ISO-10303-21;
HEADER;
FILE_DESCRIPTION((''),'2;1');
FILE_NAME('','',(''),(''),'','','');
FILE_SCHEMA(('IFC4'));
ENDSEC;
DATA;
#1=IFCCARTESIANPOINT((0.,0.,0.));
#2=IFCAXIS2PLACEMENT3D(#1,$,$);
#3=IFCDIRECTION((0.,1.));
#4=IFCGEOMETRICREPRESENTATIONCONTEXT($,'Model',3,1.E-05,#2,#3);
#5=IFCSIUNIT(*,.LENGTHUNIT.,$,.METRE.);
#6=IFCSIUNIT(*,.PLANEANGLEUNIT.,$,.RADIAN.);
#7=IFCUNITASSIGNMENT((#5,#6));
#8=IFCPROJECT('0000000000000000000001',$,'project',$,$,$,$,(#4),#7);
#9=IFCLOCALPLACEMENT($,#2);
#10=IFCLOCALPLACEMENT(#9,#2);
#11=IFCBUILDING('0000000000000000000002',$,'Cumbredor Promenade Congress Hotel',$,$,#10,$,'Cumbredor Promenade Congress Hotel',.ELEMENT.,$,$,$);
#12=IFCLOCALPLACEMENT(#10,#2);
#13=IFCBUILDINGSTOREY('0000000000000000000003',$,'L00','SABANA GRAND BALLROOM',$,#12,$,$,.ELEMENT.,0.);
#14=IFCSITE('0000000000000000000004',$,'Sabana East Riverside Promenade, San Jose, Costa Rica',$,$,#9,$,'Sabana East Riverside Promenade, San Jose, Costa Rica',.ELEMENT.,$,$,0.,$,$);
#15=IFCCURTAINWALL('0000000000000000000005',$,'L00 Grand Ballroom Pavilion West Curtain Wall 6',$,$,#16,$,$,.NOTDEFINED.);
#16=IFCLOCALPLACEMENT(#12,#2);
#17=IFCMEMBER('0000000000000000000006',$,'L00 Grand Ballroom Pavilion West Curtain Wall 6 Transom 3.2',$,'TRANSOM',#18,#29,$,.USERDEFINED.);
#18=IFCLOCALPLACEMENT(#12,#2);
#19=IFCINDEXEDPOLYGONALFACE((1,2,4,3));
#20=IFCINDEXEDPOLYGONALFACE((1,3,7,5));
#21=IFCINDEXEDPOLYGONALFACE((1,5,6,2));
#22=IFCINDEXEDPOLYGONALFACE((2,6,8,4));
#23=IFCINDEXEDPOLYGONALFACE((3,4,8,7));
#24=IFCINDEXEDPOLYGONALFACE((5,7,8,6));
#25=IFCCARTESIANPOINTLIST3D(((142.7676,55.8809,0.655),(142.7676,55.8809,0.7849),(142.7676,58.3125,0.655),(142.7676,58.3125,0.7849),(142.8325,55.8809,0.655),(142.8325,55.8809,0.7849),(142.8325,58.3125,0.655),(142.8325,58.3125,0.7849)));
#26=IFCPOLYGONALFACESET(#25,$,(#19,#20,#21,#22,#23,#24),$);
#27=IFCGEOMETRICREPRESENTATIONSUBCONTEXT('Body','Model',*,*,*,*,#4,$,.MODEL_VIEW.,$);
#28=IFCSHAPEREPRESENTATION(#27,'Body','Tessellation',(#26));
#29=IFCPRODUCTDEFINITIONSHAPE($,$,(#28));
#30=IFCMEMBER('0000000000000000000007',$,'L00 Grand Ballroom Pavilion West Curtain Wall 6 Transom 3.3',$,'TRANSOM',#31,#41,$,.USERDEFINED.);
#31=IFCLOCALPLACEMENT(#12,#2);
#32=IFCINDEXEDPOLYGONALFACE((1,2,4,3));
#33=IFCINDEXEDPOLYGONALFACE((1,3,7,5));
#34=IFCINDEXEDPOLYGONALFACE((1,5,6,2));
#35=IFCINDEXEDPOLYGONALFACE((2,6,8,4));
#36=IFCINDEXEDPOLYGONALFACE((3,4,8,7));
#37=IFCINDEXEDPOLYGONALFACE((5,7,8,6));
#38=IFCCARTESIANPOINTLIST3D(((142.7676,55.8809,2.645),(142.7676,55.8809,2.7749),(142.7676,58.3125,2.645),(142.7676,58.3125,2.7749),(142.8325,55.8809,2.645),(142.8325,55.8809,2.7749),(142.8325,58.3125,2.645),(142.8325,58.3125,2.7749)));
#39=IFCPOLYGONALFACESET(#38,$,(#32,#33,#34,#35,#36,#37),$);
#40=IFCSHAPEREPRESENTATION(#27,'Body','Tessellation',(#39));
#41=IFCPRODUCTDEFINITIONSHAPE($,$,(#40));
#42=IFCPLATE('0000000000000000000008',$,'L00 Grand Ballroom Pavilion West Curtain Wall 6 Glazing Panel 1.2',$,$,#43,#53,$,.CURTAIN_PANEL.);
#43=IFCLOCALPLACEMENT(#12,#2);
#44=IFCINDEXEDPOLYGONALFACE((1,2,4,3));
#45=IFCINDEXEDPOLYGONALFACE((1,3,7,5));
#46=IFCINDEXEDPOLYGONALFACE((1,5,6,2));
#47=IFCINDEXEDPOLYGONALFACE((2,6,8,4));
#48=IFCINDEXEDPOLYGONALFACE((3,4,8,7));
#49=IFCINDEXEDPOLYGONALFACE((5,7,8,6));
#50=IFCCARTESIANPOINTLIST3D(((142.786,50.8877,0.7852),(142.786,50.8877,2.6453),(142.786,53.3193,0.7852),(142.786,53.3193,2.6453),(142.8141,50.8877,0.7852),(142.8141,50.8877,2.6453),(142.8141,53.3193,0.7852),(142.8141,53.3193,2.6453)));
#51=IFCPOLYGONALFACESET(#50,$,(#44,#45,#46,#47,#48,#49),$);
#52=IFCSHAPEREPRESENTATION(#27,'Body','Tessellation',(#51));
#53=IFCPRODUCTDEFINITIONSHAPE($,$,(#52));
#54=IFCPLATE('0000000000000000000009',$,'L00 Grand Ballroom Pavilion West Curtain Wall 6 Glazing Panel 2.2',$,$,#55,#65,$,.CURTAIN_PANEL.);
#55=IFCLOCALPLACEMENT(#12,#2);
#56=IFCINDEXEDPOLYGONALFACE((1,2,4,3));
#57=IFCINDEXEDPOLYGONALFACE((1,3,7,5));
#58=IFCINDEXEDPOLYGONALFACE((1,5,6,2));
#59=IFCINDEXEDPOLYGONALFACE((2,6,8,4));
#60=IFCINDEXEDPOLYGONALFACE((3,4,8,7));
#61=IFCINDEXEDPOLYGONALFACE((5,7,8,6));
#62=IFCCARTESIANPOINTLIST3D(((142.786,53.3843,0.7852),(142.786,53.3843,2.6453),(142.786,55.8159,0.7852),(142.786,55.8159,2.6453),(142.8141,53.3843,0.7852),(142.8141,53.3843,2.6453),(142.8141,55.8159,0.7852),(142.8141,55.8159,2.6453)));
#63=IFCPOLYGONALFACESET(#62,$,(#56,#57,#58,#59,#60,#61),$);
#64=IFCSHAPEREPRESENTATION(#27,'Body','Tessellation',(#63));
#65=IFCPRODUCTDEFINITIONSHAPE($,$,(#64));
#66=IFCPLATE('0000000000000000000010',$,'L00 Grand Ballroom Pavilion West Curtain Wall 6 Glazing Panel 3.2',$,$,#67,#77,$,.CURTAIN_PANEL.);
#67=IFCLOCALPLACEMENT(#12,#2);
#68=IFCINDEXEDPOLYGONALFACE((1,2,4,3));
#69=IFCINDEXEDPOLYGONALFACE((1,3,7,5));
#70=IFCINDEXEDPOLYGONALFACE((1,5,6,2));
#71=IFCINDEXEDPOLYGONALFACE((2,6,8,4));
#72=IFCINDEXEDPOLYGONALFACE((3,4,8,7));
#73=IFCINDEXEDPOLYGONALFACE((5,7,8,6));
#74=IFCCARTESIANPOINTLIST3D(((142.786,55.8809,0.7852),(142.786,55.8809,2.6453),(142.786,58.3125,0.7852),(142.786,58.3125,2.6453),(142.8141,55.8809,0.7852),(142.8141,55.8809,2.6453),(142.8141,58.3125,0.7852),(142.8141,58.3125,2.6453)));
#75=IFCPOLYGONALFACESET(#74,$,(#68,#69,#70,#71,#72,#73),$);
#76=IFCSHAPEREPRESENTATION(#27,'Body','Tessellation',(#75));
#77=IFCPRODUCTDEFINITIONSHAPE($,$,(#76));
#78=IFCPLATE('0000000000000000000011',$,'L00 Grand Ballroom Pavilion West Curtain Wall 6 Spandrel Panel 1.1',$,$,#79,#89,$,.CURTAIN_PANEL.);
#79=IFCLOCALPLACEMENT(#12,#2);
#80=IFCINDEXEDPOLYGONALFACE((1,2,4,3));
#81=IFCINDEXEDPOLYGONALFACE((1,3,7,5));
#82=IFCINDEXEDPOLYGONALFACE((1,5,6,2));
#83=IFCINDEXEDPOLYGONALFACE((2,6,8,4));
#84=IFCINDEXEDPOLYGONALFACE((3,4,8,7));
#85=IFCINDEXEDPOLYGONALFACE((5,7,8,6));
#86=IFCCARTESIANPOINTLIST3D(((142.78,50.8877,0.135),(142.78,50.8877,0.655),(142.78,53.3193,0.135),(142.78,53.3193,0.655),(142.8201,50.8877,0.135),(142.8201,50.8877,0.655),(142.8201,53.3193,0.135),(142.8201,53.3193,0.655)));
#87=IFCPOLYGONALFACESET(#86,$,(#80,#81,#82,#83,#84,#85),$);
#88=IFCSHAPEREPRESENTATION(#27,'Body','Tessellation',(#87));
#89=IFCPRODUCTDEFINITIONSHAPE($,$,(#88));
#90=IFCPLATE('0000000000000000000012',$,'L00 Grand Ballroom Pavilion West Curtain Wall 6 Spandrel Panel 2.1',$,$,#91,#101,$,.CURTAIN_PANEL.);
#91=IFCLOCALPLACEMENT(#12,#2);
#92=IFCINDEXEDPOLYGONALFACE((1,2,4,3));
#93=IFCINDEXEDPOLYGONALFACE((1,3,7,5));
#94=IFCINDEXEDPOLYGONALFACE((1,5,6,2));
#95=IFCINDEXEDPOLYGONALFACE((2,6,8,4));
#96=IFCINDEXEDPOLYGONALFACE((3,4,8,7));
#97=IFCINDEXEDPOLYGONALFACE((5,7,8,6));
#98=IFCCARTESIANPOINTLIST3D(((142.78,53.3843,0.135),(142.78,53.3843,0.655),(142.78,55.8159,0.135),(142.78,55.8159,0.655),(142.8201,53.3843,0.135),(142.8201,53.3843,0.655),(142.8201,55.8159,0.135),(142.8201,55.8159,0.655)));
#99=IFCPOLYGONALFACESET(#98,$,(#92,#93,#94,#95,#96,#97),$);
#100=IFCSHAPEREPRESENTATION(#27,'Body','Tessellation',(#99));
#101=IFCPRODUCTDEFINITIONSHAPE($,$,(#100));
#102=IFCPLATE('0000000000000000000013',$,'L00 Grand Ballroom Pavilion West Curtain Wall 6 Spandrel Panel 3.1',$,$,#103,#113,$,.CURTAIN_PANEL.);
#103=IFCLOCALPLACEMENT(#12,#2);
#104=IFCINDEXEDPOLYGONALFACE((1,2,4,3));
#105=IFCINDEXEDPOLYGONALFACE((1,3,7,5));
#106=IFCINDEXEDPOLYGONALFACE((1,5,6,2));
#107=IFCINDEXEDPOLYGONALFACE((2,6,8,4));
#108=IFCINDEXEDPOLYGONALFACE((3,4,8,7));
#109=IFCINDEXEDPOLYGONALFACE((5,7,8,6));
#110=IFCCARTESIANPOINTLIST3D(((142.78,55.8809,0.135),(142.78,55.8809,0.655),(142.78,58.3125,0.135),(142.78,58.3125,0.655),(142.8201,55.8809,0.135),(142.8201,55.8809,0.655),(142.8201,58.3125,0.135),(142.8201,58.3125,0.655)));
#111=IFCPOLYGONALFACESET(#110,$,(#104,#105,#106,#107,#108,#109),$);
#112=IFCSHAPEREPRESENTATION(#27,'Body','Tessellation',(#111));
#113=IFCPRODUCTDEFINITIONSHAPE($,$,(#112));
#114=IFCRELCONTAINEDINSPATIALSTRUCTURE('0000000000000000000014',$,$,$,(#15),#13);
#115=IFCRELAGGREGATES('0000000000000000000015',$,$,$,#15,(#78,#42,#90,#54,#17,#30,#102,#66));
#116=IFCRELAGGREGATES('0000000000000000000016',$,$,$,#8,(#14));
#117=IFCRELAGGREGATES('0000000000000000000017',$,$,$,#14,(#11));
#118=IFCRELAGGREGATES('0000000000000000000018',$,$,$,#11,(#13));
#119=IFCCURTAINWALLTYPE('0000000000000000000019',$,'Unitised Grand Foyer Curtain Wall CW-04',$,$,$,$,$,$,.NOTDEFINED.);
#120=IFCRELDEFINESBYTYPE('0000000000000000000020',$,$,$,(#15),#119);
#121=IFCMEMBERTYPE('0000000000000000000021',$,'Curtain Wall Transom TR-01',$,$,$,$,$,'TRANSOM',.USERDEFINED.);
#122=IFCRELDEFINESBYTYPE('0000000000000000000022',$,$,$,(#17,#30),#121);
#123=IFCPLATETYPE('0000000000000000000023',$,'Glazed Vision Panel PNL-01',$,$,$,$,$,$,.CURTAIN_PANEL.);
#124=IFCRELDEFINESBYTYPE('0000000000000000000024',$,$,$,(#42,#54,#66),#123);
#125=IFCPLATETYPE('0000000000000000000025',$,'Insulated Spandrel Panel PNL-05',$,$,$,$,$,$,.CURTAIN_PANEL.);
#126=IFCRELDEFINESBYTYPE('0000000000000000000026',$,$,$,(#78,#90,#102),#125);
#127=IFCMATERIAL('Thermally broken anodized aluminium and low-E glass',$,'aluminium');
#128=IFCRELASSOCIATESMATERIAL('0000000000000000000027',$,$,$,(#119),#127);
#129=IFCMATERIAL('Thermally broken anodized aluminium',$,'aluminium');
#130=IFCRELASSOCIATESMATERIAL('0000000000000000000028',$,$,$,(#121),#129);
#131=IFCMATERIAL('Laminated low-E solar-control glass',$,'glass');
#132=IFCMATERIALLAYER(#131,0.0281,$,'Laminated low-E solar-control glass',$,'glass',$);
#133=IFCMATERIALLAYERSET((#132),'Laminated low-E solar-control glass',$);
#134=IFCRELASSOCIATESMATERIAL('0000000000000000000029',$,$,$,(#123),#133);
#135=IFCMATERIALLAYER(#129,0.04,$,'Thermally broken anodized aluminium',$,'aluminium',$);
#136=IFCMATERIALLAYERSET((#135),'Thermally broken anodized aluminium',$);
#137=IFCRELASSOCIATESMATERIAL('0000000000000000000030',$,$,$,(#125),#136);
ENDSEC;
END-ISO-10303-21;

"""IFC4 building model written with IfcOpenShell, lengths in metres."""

from ifc_helpers import new_model, si_unit, direction, frame, origin, origin_2d, place, context, subcontext, project, spatial, rectangle, extrude, material, layer, layer_set, material_profile, profile_set, type_object, element, aggregate, save


model = new_model("IFC4")

# Units and contexts
model_context = context("Model", 3, precision=1e-05, world=origin(), true_north=direction((0.0, 1.0)))
body_context = subcontext(model_context, "Body", "Model", "MODEL_VIEW")
ifc_project = project(units=[si_unit("LENGTHUNIT", "METRE"), si_unit("PLANEANGLEUNIT", "RADIAN")], contexts=[model_context])

# Site, building, storey
site_placement = place(None, origin())
site = spatial("IfcSite", under=ifc_project, at=site_placement, Name="Sabana East Riverside Promenade, San Jose, Costa Rica", LongName="Sabana East Riverside Promenade, San Jose, Costa Rica", CompositionType="ELEMENT", RefElevation=0.0)
building_placement = place(site_placement, origin())
building = spatial("IfcBuilding", under=site, at=building_placement, Name="Cumbredor Promenade Congress Hotel", LongName="Cumbredor Promenade Congress Hotel", CompositionType="ELEMENT")
storey_placement = place(building_placement, origin())
storey = spatial("IfcBuildingStorey", under=building, at=storey_placement, Name="L00", Description="SABANA GRAND BALLROOM", CompositionType="ELEMENT", Elevation=0.0)

# Curtain wall
ifc_material_1 = material(Name="Thermally broken anodized aluminium and low-E glass", Category="aluminium")
curtain_wall_type = type_object("IfcCurtainWallType", Name="Unitised Grand Foyer Curtain Wall CW-04", PredefinedType="NOTDEFINED", material=ifc_material_1)
curtain_wall_1_placement = place(storey_placement, origin())
curtain_wall_1 = element("IfcCurtainWall", 1, at=curtain_wall_1_placement, inside=storey, type_object=curtain_wall_type, Name="L00 Grand Ballroom Pavilion West Curtain Wall 6", PredefinedType="NOTDEFINED")
ifc_material_2 = material(Name="Thermally broken anodized aluminium", Category="aluminium")

# Members
ifc_material_profile_1 = material_profile(ifc_material_2, rectangle(XDim=0.0649, YDim=0.1299, at=origin_2d()), Name="ALU TRANSOM 65x130")
ifc_profile_set_1 = profile_set([ifc_material_profile_1], Name="Thermally broken anodized aluminium")
member_type_1 = type_object("IfcMemberType", Name="Curtain Wall Transom TR-01", ElementType="TRANSOM", PredefinedType="USERDEFINED", material=ifc_profile_set_1)
member_1_placement = place(storey_placement, frame((142.8, 55.8809, 0.72), z_axis=(0.0, 1.0, 0.0), x_axis=(-1.0, 0.0, 0.0)))
member_1 = element("IfcMember", 2, at=member_1_placement, type_object=member_type_1, Name="L00 Grand Ballroom Pavilion West Curtain Wall 6 Transom 3.2", ObjectType="TRANSOM", PredefinedType="USERDEFINED", context=body_context, shape_type="SweptSolid", body=[
    extrude(rectangle(XDim=0.0649, YDim=0.1299, at=origin_2d()), origin(), (0.0, 0.0, 1.0), 2.4316),
])
member_2_placement = place(storey_placement, frame((142.8, 55.8809, 2.71), z_axis=(0.0, 1.0, 0.0), x_axis=(-1.0, 0.0, 0.0)))
member_2 = element("IfcMember", 3, at=member_2_placement, type_object=member_type_1, Name="L00 Grand Ballroom Pavilion West Curtain Wall 6 Transom 3.3", ObjectType="TRANSOM", PredefinedType="USERDEFINED", context=body_context, shape_type="SweptSolid", body=[
    extrude(rectangle(XDim=0.0649, YDim=0.1299, at=origin_2d()), origin(), (0.0, 0.0, 1.0), 2.4316),
])

# Plates
ifc_material_3 = material(Name="Laminated low-E solar-control glass", Category="glass")
ifc_layer_1 = layer(ifc_material_3, 0.0281, Name="Laminated low-E solar-control glass", Category="glass")
ifc_layer_set_1 = layer_set([ifc_layer_1], Name="Laminated low-E solar-control glass")
plate_type_1 = type_object("IfcPlateType", Name="Glazed Vision Panel PNL-01", PredefinedType="CURTAIN_PANEL", material=ifc_layer_set_1)
plate_1_placement = place(storey_placement, frame((142.8, 52.1035, 0.7852), z_axis=(0.0, 0.0, 1.0), x_axis=(0.0, 1.0, 0.0)))
plate_1 = element("IfcPlate", 4, at=plate_1_placement, type_object=plate_type_1, Name="L00 Grand Ballroom Pavilion West Curtain Wall 6 Glazing Panel 1.2", PredefinedType="CURTAIN_PANEL", context=body_context, shape_type="SweptSolid", body=[
    extrude(rectangle(XDim=2.4316, YDim=0.0281, at=origin_2d()), origin(), (0.0, 0.0, 1.0), 1.8601),
])
plate_2_placement = place(storey_placement, frame((142.8, 54.6001, 0.7852), z_axis=(0.0, 0.0, 1.0), x_axis=(0.0, 1.0, 0.0)))
plate_2 = element("IfcPlate", 5, at=plate_2_placement, type_object=plate_type_1, Name="L00 Grand Ballroom Pavilion West Curtain Wall 6 Glazing Panel 2.2", PredefinedType="CURTAIN_PANEL", context=body_context, shape_type="SweptSolid", body=[
    extrude(rectangle(XDim=2.4316, YDim=0.0281, at=origin_2d()), origin(), (0.0, 0.0, 1.0), 1.8601),
])
plate_3_placement = place(storey_placement, frame((142.8, 57.0967, 0.7852), z_axis=(0.0, 0.0, 1.0), x_axis=(0.0, 1.0, 0.0)))
plate_3 = element("IfcPlate", 6, at=plate_3_placement, type_object=plate_type_1, Name="L00 Grand Ballroom Pavilion West Curtain Wall 6 Glazing Panel 3.2", PredefinedType="CURTAIN_PANEL", context=body_context, shape_type="SweptSolid", body=[
    extrude(rectangle(XDim=2.4316, YDim=0.0281, at=origin_2d()), origin(), (0.0, 0.0, 1.0), 1.8601),
])
ifc_layer_2 = layer(ifc_material_2, 0.04, Name="Thermally broken anodized aluminium", Category="aluminium")
ifc_layer_set_2 = layer_set([ifc_layer_2], Name="Thermally broken anodized aluminium")
plate_type_2 = type_object("IfcPlateType", Name="Insulated Spandrel Panel PNL-05", PredefinedType="CURTAIN_PANEL", material=ifc_layer_set_2)
plate_4_placement = place(storey_placement, frame((142.8, 52.1035, 0.135), z_axis=(0.0, 0.0, 1.0), x_axis=(0.0, 1.0, 0.0)))
plate_4 = element("IfcPlate", 7, at=plate_4_placement, type_object=plate_type_2, Name="L00 Grand Ballroom Pavilion West Curtain Wall 6 Spandrel Panel 1.1", PredefinedType="CURTAIN_PANEL", context=body_context, shape_type="SweptSolid", body=[
    extrude(rectangle(XDim=2.4316, YDim=0.04, at=origin_2d()), origin(), (0.0, 0.0, 1.0), 0.52),
])
plate_5_placement = place(storey_placement, frame((142.8, 54.6001, 0.135), z_axis=(0.0, 0.0, 1.0), x_axis=(0.0, 1.0, 0.0)))
plate_5 = element("IfcPlate", 8, at=plate_5_placement, type_object=plate_type_2, Name="L00 Grand Ballroom Pavilion West Curtain Wall 6 Spandrel Panel 2.1", PredefinedType="CURTAIN_PANEL", context=body_context, shape_type="SweptSolid", body=[
    extrude(rectangle(XDim=2.4316, YDim=0.04, at=origin_2d()), origin(), (0.0, 0.0, 1.0), 0.52),
])
plate_6_placement = place(storey_placement, frame((142.8, 57.0967, 0.135), z_axis=(0.0, 0.0, 1.0), x_axis=(0.0, 1.0, 0.0)))
plate_6 = element("IfcPlate", 9, at=plate_6_placement, type_object=plate_type_2, Name="L00 Grand Ballroom Pavilion West Curtain Wall 6 Spandrel Panel 3.1", PredefinedType="CURTAIN_PANEL", context=body_context, shape_type="SweptSolid", body=[
    extrude(rectangle(XDim=2.4316, YDim=0.04, at=origin_2d()), origin(), (0.0, 0.0, 1.0), 0.52),
])
aggregate(curtain_wall_1, [plate_4, plate_1, plate_5, plate_2, member_1, member_2, plate_6, plate_3])

save(model, "model.ifc")
